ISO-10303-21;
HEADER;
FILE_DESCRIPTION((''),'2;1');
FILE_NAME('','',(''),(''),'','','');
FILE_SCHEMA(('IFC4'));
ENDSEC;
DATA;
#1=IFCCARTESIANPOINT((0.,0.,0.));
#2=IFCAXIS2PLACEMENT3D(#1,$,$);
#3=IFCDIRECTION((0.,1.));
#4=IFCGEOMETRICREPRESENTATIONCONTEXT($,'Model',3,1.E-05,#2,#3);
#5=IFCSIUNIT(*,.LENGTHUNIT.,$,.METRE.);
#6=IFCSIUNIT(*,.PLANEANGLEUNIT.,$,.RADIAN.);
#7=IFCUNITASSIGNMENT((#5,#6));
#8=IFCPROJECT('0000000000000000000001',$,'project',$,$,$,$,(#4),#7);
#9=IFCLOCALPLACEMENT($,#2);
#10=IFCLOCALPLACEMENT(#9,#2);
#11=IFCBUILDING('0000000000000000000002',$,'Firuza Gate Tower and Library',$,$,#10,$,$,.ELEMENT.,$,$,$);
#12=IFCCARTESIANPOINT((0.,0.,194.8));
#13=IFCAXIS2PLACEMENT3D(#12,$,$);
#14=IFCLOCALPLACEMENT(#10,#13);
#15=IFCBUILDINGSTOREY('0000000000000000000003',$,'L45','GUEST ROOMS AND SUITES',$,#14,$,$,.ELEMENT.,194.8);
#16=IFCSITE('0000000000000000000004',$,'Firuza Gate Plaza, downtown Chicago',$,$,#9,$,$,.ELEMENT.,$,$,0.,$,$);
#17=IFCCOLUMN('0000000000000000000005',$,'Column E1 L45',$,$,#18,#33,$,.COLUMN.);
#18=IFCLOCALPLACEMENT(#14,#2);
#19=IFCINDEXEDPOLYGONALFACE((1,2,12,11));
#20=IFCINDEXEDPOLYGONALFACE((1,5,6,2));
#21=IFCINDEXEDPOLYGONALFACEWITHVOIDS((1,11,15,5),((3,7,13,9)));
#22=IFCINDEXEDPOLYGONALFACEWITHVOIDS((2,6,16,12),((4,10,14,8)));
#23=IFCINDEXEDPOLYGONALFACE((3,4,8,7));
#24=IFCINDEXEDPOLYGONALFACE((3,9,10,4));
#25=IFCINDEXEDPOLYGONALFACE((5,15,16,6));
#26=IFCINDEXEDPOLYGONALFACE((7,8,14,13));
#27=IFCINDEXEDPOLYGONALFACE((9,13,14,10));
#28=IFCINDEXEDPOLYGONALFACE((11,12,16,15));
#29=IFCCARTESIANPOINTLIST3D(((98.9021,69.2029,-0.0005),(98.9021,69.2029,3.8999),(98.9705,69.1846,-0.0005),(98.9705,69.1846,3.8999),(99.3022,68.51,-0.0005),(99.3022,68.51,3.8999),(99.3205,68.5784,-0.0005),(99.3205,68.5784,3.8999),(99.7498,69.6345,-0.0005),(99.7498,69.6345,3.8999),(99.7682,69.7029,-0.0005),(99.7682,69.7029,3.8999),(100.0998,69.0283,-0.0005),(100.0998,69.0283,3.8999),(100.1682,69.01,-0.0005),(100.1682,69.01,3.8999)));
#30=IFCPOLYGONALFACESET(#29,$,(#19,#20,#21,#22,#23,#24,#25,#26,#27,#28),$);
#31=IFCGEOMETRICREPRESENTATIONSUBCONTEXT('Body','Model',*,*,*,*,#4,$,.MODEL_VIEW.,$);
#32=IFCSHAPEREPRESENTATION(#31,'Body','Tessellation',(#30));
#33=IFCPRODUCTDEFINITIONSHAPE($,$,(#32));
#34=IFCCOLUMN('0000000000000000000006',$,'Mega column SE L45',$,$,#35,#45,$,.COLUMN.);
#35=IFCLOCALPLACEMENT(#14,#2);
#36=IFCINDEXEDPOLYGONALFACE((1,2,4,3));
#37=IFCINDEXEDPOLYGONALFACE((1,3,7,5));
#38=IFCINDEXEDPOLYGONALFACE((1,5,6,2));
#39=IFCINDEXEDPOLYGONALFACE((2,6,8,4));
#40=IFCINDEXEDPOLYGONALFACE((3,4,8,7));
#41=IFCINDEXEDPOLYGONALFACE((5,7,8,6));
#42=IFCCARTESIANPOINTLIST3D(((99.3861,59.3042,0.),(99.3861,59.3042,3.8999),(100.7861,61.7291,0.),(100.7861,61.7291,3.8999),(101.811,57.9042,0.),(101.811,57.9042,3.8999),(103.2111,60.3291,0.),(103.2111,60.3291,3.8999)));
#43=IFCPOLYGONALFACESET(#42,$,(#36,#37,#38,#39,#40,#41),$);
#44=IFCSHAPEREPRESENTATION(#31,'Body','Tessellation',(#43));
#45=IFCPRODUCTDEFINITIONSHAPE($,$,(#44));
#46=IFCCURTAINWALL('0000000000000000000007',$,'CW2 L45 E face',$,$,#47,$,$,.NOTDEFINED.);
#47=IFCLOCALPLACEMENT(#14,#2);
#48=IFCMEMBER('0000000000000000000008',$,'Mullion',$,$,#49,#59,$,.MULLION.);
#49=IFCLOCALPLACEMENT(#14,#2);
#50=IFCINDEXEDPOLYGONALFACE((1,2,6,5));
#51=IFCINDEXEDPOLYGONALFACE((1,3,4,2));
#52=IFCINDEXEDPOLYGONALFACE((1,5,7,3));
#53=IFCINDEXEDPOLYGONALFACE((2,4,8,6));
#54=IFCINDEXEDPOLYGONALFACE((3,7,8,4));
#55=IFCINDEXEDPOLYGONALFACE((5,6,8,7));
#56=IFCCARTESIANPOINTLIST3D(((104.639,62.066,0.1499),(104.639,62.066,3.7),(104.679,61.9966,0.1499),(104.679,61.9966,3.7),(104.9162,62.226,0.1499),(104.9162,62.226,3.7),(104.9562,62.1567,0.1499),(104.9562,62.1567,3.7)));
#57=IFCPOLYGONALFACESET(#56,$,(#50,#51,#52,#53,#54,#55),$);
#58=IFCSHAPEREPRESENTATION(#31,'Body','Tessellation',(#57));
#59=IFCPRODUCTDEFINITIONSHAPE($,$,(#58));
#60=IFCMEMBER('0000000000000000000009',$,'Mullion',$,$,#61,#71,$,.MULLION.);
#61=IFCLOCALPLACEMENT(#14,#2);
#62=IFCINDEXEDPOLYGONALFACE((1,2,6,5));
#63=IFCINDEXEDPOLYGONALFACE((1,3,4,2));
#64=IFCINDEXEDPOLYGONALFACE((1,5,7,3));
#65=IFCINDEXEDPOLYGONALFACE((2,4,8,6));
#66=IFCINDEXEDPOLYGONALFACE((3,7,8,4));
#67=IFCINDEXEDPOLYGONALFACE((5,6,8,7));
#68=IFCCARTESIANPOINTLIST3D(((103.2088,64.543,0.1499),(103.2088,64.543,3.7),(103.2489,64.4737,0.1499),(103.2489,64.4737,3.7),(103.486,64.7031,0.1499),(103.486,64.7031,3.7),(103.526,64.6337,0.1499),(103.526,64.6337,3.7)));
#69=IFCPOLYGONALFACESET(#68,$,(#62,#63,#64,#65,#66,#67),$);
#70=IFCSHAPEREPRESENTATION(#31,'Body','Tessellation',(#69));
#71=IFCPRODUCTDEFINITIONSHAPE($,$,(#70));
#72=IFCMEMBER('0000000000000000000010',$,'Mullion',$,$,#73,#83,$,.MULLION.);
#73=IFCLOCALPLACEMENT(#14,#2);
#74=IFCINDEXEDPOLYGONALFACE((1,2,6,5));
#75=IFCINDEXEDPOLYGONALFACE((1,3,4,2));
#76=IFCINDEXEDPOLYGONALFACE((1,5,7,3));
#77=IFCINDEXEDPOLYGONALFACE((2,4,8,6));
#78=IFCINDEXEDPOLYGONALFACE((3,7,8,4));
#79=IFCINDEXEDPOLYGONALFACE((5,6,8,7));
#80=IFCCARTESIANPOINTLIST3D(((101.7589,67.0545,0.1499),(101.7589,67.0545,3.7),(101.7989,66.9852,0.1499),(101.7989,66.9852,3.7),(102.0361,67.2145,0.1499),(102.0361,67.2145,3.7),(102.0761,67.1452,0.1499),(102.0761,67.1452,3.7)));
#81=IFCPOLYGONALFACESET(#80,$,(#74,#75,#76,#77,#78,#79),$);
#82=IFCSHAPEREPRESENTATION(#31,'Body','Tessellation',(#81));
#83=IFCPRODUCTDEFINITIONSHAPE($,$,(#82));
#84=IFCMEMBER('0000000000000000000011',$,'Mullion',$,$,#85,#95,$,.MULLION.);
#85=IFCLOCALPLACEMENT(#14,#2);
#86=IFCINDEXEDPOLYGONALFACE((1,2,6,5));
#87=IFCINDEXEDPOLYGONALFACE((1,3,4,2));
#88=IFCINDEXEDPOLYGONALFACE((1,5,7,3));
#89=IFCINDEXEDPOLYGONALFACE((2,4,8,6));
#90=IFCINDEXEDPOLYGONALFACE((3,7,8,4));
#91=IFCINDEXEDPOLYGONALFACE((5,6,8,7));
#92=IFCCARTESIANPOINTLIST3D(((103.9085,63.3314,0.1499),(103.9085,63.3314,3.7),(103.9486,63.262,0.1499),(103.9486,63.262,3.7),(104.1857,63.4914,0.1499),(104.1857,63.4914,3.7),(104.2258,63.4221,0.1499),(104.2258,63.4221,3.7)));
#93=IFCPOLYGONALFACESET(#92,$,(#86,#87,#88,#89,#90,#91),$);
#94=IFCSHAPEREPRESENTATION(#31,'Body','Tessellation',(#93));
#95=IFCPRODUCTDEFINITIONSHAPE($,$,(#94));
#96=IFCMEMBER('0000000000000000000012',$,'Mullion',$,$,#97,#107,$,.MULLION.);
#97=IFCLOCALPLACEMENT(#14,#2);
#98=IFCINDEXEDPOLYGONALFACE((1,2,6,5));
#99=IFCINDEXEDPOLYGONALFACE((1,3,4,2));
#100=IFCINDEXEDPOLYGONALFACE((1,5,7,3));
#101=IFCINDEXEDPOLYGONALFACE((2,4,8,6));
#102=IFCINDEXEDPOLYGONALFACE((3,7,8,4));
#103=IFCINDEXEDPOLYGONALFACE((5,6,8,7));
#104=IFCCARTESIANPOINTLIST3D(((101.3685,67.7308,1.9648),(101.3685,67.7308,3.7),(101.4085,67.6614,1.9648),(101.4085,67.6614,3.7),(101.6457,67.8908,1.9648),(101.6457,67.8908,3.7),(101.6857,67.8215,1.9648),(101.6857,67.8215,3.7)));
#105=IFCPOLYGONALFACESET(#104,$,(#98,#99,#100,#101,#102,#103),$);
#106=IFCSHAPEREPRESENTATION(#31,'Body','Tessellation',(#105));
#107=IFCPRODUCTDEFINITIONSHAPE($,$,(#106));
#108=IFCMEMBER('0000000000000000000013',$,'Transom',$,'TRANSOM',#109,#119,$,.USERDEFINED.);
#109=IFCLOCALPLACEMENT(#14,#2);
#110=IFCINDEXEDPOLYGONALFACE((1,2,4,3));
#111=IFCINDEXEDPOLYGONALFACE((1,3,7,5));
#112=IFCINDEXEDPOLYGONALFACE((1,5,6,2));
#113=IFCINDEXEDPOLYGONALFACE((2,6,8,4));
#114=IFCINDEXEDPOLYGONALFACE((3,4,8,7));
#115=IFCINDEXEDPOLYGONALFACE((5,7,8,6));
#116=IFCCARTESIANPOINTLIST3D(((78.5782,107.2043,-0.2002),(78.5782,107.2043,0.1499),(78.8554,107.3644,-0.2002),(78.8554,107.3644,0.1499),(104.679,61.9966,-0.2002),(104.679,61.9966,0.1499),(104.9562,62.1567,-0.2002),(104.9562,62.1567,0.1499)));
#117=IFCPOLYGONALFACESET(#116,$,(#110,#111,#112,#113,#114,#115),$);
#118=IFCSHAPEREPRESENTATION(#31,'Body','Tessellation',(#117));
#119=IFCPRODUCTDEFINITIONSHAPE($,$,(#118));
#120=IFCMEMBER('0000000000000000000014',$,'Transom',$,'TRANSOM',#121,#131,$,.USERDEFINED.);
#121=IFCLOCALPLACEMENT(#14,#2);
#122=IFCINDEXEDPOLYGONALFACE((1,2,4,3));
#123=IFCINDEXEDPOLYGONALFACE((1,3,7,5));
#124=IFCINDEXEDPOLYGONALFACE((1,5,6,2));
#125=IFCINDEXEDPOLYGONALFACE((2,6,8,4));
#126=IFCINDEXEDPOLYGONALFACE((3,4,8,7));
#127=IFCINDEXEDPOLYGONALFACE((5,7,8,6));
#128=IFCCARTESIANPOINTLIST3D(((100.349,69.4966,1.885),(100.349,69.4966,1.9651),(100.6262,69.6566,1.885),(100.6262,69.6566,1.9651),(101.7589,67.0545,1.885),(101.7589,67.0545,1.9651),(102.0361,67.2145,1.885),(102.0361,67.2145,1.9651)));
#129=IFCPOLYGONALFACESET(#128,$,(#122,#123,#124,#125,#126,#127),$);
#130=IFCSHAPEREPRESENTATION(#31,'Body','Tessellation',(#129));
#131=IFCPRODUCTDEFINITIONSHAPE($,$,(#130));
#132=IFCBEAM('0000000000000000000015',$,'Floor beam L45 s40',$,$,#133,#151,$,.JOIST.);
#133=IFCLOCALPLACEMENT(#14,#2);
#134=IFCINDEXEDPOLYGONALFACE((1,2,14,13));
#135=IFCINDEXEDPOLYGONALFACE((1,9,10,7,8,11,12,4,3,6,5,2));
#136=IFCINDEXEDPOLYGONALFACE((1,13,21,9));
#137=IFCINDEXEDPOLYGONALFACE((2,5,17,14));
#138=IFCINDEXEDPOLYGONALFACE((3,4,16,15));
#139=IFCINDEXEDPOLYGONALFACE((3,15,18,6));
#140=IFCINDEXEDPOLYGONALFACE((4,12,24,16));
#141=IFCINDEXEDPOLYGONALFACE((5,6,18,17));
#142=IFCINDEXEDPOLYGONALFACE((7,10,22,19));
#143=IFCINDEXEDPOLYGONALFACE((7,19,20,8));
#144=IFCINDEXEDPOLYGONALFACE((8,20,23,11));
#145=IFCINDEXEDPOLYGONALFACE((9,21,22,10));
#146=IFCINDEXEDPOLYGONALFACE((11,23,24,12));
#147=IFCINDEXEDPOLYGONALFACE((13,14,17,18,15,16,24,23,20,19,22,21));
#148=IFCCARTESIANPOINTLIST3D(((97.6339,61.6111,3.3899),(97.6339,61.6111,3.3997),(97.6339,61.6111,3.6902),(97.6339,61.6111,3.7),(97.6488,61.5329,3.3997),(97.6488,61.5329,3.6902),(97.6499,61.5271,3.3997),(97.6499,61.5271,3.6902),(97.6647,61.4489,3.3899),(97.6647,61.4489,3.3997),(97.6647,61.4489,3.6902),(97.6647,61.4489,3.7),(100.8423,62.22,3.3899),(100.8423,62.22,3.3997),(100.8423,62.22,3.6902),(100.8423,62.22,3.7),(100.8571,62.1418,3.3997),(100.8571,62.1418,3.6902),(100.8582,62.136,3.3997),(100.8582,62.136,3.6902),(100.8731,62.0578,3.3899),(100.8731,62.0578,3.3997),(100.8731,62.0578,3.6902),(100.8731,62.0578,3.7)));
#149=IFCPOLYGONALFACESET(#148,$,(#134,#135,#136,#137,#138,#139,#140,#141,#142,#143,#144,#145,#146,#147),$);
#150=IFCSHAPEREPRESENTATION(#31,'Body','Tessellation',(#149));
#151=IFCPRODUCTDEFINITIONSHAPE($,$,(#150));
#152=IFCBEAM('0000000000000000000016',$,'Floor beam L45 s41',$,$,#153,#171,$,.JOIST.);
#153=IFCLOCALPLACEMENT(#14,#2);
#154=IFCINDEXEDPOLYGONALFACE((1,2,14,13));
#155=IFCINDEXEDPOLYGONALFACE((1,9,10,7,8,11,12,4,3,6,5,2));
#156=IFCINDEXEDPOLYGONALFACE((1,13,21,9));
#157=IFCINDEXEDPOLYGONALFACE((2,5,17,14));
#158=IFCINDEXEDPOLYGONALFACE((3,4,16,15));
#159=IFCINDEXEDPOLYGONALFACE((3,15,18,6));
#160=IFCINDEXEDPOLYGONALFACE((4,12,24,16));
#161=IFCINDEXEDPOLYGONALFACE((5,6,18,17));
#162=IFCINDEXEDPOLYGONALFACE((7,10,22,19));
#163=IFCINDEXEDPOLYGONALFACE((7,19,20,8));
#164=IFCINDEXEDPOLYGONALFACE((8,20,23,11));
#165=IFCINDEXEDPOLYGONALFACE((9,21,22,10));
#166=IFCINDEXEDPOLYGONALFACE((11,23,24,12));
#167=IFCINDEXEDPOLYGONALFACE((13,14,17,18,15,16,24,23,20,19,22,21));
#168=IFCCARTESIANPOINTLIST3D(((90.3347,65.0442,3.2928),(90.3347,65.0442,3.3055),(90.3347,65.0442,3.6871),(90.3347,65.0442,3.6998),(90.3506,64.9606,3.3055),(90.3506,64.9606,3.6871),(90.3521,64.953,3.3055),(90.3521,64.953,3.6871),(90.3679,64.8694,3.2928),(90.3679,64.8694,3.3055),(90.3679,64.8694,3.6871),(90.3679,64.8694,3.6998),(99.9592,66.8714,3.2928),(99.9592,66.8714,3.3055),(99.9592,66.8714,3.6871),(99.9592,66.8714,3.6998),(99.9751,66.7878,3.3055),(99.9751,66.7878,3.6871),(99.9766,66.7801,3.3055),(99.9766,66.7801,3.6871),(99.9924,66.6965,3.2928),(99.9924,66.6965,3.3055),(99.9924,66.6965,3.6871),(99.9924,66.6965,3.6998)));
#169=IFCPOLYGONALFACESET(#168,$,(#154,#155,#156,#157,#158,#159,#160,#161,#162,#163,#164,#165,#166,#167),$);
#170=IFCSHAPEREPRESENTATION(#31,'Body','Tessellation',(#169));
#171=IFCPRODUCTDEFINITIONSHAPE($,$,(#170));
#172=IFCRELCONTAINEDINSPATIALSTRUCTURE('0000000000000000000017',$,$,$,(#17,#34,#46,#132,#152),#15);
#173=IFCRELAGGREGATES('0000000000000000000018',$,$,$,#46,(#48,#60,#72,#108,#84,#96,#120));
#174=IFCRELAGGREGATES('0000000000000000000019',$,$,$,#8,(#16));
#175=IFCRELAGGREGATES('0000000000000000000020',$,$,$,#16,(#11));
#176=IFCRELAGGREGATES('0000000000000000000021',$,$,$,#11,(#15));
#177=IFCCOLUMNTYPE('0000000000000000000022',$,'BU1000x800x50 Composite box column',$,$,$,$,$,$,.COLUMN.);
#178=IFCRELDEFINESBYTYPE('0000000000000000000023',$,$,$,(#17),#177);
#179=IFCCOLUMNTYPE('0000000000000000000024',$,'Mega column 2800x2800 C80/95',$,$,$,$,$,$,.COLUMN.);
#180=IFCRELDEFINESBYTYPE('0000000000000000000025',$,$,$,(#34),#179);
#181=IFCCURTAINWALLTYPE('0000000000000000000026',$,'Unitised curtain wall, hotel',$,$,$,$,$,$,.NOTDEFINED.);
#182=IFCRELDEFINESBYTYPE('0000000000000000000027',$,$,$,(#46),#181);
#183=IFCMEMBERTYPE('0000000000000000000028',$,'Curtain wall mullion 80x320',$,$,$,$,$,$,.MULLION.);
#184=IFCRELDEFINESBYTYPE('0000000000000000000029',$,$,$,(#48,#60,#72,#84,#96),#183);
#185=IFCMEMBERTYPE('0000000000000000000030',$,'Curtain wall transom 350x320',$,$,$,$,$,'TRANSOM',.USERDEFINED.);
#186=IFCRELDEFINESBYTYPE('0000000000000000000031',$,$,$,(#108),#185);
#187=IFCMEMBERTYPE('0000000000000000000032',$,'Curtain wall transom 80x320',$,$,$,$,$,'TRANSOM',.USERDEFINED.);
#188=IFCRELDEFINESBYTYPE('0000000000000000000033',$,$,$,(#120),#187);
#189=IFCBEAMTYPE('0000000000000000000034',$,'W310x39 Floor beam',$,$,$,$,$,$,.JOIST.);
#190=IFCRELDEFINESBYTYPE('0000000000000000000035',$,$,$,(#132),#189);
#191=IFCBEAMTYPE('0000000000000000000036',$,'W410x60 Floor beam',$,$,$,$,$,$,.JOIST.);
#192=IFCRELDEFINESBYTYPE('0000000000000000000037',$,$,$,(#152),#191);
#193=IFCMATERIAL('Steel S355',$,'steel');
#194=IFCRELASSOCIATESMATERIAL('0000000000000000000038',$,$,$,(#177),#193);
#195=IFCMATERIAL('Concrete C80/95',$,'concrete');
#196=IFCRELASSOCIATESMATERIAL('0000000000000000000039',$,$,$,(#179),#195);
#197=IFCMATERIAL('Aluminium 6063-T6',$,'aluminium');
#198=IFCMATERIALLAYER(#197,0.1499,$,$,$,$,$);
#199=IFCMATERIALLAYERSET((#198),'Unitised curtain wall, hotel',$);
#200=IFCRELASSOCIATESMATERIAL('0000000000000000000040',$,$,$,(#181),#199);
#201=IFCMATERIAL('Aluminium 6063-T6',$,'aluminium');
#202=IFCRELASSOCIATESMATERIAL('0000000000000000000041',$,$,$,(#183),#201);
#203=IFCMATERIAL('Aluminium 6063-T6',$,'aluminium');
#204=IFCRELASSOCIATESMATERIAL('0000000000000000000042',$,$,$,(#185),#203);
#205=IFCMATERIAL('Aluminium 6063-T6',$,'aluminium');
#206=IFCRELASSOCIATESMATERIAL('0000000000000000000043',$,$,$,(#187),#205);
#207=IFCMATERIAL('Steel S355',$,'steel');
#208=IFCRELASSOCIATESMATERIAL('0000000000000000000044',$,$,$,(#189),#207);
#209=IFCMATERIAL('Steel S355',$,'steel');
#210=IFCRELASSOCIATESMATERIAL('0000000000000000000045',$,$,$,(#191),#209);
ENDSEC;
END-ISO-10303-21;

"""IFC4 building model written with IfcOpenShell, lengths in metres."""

from ifc_helpers import new_model, si_unit, direction, frame, origin, origin_2d, place, context, subcontext, project, spatial, rectangle, hollow_rectangle, i_section, extrude, material, layer, layer_set, material_profile, profile_set, type_object, element, aggregate, save


model = new_model("IFC4")

# Units and contexts
model_context = context("Model", 3, precision=1e-05, world=origin(), true_north=direction((0.0, 1.0)))
body_context = subcontext(model_context, "Body", "Model", "MODEL_VIEW")
ifc_project = project(units=[si_unit("LENGTHUNIT", "METRE"), si_unit("PLANEANGLEUNIT", "RADIAN")], contexts=[model_context])

# Site, building, storey
site_placement = place(None, origin())
site = spatial("IfcSite", under=ifc_project, at=site_placement, Name="Firuza Gate Plaza, downtown Chicago", CompositionType="ELEMENT", RefElevation=0.0)
building_placement = place(site_placement, origin())
building = spatial("IfcBuilding", under=site, at=building_placement, Name="Firuza Gate Tower and Library", CompositionType="ELEMENT")
storey_placement = place(building_placement, frame((0.0, 0.0, 194.8)))
storey = spatial("IfcBuildingStorey", under=building, at=storey_placement, Name="L45", Description="GUEST ROOMS AND SUITES", CompositionType="ELEMENT", Elevation=194.8)

# Columns
ifc_material_1 = material(Name="Steel S355", Category="steel")
ifc_material_profile_1 = material_profile(ifc_material_1, hollow_rectangle(XDim=0.8, YDim=1.0, WallThickness=0.05, at=origin_2d()))
ifc_profile_set_1 = profile_set([ifc_material_profile_1], Name="Steel S355")
column_type_1 = type_object("IfcColumnType", Name="BU1000x800x50 Composite box column", PredefinedType="COLUMN", material=ifc_profile_set_1)
column_1_placement = place(storey_placement, frame((99.5352, 69.1064, -0.0005), z_axis=(0.0, 0.0, 1.0), x_axis=(-0.5, 0.866025, 0.0)))
element("IfcColumn", 1, at=column_1_placement, inside=storey, type_object=column_type_1, Name="Column E1 L45", PredefinedType="COLUMN", context=body_context, shape_type="SweptSolid", body=[
    extrude(hollow_rectangle(XDim=0.8, YDim=1.0, WallThickness=0.05, at=origin_2d()), origin(), (0.0, 0.0, 1.0), 3.9004),
])
ifc_material_2 = material(Name="Concrete C80/95", Category="concrete")
ifc_material_profile_2 = material_profile(ifc_material_2, rectangle(XDim=2.8, YDim=2.8, at=origin_2d()))
ifc_profile_set_2 = profile_set([ifc_material_profile_2], Name="Concrete C80/95")
column_type_2 = type_object("IfcColumnType", Name="Mega column 2800x2800 C80/95", PredefinedType="COLUMN", material=ifc_profile_set_2)
column_2_placement = place(storey_placement, frame((101.2986, 59.8167, 0.0), z_axis=(0.0, 0.0, 1.0), x_axis=(0.5, 0.866025, 0.0)))
element("IfcColumn", 2, at=column_2_placement, inside=storey, type_object=column_type_2, Name="Mega column SE L45", PredefinedType="COLUMN", context=body_context, shape_type="SweptSolid", body=[
    extrude(rectangle(XDim=2.8, YDim=2.8, at=origin_2d()), origin(), (0.0, 0.0, 1.0), 3.8999),
])

# Curtain wall, members
ifc_material_3 = material(Name="Aluminium 6063-T6", Category="aluminium")
ifc_layer_1 = layer(ifc_material_3, 0.1499)
ifc_layer_set_1 = layer_set([ifc_layer_1], Name="Unitised curtain wall, hotel")
curtain_wall_type = type_object("IfcCurtainWallType", Name="Unitised curtain wall, hotel", PredefinedType="NOTDEFINED", material=ifc_layer_set_1)
curtain_wall_placement = place(storey_placement, origin())
curtain_wall = element("IfcCurtainWall", 3, at=curtain_wall_placement, inside=storey, type_object=curtain_wall_type, Name="CW2 L45 E face", PredefinedType="NOTDEFINED")
ifc_material_4 = material(Name="Aluminium 6063-T6", Category="aluminium")
ifc_material_profile_3 = material_profile(ifc_material_4, rectangle(XDim=0.3201, YDim=0.0801, at=origin_2d()))
ifc_profile_set_3 = profile_set([ifc_material_profile_3], Name="Aluminium 6063-T6")
member_type_1 = type_object("IfcMemberType", Name="Curtain wall mullion 80x320", PredefinedType="MULLION", material=ifc_profile_set_3)
member_1_placement = place(storey_placement, frame((104.7976, 62.1113, 0.1499), z_axis=(0.0, 0.0, 1.0), x_axis=(-0.866025, -0.5, 0.0)))
member_1 = element("IfcMember", 4, at=member_1_placement, type_object=member_type_1, Name="Mullion", PredefinedType="MULLION", context=body_context, shape_type="SweptSolid", body=[
    extrude(rectangle(XDim=0.3201, YDim=0.0801, at=origin_2d()), origin(), (0.0, 0.0, 1.0), 3.55),
])
member_2_placement = place(storey_placement, frame((103.3674, 64.5884, 0.1499), z_axis=(0.0, 0.0, 1.0), x_axis=(-0.866025, -0.5, 0.0)))
member_2 = element("IfcMember", 5, at=member_2_placement, type_object=member_type_1, Name="Mullion", PredefinedType="MULLION", context=body_context, shape_type="SweptSolid", body=[
    extrude(rectangle(XDim=0.3201, YDim=0.0801, at=origin_2d()), origin(), (0.0, 0.0, 1.0), 3.55),
])
member_3_placement = place(storey_placement, frame((101.9175, 67.0999, 0.1499), z_axis=(0.0, 0.0, 1.0), x_axis=(-0.866025, -0.5, 0.0)))
member_3 = element("IfcMember", 6, at=member_3_placement, type_object=member_type_1, Name="Mullion", PredefinedType="MULLION", context=body_context, shape_type="SweptSolid", body=[
    extrude(rectangle(XDim=0.3201, YDim=0.0801, at=origin_2d()), origin(), (0.0, 0.0, 1.0), 3.55),
])
member_4_placement = place(storey_placement, frame((104.0671, 63.3767, 0.1499), z_axis=(0.0, 0.0, 1.0), x_axis=(-0.866025, -0.5, 0.0)))
member_4 = element("IfcMember", 7, at=member_4_placement, type_object=member_type_1, Name="Mullion", PredefinedType="MULLION", context=body_context, shape_type="SweptSolid", body=[
    extrude(rectangle(XDim=0.3201, YDim=0.0801, at=origin_2d()), origin(), (0.0, 0.0, 1.0), 3.55),
])
member_5_placement = place(storey_placement, frame((101.5271, 67.7761, 1.9648), z_axis=(0.0, 0.0, 1.0), x_axis=(-0.866025, -0.5, 0.0)))
member_5 = element("IfcMember", 8, at=member_5_placement, type_object=member_type_1, Name="Mullion", PredefinedType="MULLION", context=body_context, shape_type="SweptSolid", body=[
    extrude(rectangle(XDim=0.3201, YDim=0.0801, at=origin_2d()), origin(), (0.0, 0.0, 1.0), 1.7351),
])
ifc_material_5 = material(Name="Aluminium 6063-T6", Category="aluminium")
ifc_material_profile_4 = material_profile(ifc_material_5, rectangle(XDim=0.3201, YDim=0.3501, at=origin_2d()))
ifc_profile_set_4 = profile_set([ifc_material_profile_4], Name="Aluminium 6063-T6")
member_type_2 = type_object("IfcMemberType", Name="Curtain wall transom 350x320", ElementType="TRANSOM", PredefinedType="USERDEFINED", material=ifc_profile_set_4)
member_6_placement = place(storey_placement, frame((104.8176, 62.0767, -0.0251), z_axis=(-0.500002, 0.866024, 0.0), x_axis=(-0.866024, -0.500002, 0.0)))
member_6 = element("IfcMember", 9, at=member_6_placement, type_object=member_type_2, Name="Transom", ObjectType="TRANSOM", PredefinedType="USERDEFINED", context=body_context, shape_type="SweptSolid", body=[
    extrude(rectangle(XDim=0.3201, YDim=0.3501, at=origin_2d()), origin(), (0.0, 0.0, 1.0), 52.2014),
])
ifc_material_6 = material(Name="Aluminium 6063-T6", Category="aluminium")
ifc_material_profile_5 = material_profile(ifc_material_6, rectangle(XDim=0.3201, YDim=0.0801, at=origin_2d()))
ifc_profile_set_5 = profile_set([ifc_material_profile_5], Name="Aluminium 6063-T6")
member_type_3 = type_object("IfcMemberType", Name="Curtain wall transom 80x320", ElementType="TRANSOM", PredefinedType="USERDEFINED", material=ifc_profile_set_5)
member_7_placement = place(storey_placement, frame((101.8975, 67.1345, 1.925), z_axis=(-0.499985, 0.866034, 0.0), x_axis=(-0.866034, -0.499985, 0.0)))
member_7 = element("IfcMember", 10, at=member_7_placement, type_object=member_type_3, Name="Transom", ObjectType="TRANSOM", PredefinedType="USERDEFINED", context=body_context, shape_type="SweptSolid", body=[
    extrude(rectangle(XDim=0.3201, YDim=0.0801, at=origin_2d()), origin(), (0.0, 0.0, 1.0), 2.8198),
])

# Beams
ifc_material_7 = material(Name="Steel S355", Category="steel")
ifc_material_profile_6 = material_profile(ifc_material_7, i_section(OverallWidth=0.165, OverallDepth=0.3101, WebThickness=0.0059, FlangeThickness=0.0098, at=origin_2d()))
ifc_profile_set_6 = profile_set([ifc_material_profile_6], Name="Steel S355")
beam_type_1 = type_object("IfcBeamType", Name="W310x39 Floor beam", PredefinedType="JOIST", material=ifc_profile_set_6)
beam_1_placement = place(storey_placement, frame((100.8577, 62.1389, 3.5449), z_axis=(-0.982463, -0.186459, 0.0), x_axis=(0.186459, -0.982463, 0.0)))
element("IfcBeam", 11, at=beam_1_placement, inside=storey, type_object=beam_type_1, Name="Floor beam L45 s40", PredefinedType="JOIST", context=body_context, shape_type="SweptSolid", body=[
    extrude(i_section(OverallWidth=0.165, OverallDepth=0.3101, WebThickness=0.0059, FlangeThickness=0.0098, at=origin_2d()), origin(), (0.0, 0.0, 1.0), 3.2656),
])
ifc_material_8 = material(Name="Steel S355", Category="steel")
ifc_material_profile_7 = material_profile(ifc_material_8, i_section(OverallWidth=0.178, OverallDepth=0.407, WebThickness=0.0078, FlangeThickness=0.0127, at=origin_2d()))
ifc_profile_set_7 = profile_set([ifc_material_profile_7], Name="Steel S355")
beam_type_2 = type_object("IfcBeamType", Name="W410x60 Floor beam", PredefinedType="JOIST", material=ifc_profile_set_7)
beam_2_placement = place(storey_placement, frame((99.9758, 66.7839, 3.4963), z_axis=(-0.982453, -0.186512, 0.0), x_axis=(0.186512, -0.982453, 0.0)))
element("IfcBeam", 12, at=beam_2_placement, inside=storey, type_object=beam_type_2, Name="Floor beam L45 s41", PredefinedType="JOIST", context=body_context, shape_type="SweptSolid", body=[
    extrude(i_section(OverallWidth=0.178, OverallDepth=0.407, WebThickness=0.0078, FlangeThickness=0.0127, at=origin_2d()), origin(), (0.0, 0.0, 1.0), 9.7964),
])

aggregate(curtain_wall, [member_1, member_2, member_3, member_6, member_4, member_5, member_7])

save(model, "model.ifc")
